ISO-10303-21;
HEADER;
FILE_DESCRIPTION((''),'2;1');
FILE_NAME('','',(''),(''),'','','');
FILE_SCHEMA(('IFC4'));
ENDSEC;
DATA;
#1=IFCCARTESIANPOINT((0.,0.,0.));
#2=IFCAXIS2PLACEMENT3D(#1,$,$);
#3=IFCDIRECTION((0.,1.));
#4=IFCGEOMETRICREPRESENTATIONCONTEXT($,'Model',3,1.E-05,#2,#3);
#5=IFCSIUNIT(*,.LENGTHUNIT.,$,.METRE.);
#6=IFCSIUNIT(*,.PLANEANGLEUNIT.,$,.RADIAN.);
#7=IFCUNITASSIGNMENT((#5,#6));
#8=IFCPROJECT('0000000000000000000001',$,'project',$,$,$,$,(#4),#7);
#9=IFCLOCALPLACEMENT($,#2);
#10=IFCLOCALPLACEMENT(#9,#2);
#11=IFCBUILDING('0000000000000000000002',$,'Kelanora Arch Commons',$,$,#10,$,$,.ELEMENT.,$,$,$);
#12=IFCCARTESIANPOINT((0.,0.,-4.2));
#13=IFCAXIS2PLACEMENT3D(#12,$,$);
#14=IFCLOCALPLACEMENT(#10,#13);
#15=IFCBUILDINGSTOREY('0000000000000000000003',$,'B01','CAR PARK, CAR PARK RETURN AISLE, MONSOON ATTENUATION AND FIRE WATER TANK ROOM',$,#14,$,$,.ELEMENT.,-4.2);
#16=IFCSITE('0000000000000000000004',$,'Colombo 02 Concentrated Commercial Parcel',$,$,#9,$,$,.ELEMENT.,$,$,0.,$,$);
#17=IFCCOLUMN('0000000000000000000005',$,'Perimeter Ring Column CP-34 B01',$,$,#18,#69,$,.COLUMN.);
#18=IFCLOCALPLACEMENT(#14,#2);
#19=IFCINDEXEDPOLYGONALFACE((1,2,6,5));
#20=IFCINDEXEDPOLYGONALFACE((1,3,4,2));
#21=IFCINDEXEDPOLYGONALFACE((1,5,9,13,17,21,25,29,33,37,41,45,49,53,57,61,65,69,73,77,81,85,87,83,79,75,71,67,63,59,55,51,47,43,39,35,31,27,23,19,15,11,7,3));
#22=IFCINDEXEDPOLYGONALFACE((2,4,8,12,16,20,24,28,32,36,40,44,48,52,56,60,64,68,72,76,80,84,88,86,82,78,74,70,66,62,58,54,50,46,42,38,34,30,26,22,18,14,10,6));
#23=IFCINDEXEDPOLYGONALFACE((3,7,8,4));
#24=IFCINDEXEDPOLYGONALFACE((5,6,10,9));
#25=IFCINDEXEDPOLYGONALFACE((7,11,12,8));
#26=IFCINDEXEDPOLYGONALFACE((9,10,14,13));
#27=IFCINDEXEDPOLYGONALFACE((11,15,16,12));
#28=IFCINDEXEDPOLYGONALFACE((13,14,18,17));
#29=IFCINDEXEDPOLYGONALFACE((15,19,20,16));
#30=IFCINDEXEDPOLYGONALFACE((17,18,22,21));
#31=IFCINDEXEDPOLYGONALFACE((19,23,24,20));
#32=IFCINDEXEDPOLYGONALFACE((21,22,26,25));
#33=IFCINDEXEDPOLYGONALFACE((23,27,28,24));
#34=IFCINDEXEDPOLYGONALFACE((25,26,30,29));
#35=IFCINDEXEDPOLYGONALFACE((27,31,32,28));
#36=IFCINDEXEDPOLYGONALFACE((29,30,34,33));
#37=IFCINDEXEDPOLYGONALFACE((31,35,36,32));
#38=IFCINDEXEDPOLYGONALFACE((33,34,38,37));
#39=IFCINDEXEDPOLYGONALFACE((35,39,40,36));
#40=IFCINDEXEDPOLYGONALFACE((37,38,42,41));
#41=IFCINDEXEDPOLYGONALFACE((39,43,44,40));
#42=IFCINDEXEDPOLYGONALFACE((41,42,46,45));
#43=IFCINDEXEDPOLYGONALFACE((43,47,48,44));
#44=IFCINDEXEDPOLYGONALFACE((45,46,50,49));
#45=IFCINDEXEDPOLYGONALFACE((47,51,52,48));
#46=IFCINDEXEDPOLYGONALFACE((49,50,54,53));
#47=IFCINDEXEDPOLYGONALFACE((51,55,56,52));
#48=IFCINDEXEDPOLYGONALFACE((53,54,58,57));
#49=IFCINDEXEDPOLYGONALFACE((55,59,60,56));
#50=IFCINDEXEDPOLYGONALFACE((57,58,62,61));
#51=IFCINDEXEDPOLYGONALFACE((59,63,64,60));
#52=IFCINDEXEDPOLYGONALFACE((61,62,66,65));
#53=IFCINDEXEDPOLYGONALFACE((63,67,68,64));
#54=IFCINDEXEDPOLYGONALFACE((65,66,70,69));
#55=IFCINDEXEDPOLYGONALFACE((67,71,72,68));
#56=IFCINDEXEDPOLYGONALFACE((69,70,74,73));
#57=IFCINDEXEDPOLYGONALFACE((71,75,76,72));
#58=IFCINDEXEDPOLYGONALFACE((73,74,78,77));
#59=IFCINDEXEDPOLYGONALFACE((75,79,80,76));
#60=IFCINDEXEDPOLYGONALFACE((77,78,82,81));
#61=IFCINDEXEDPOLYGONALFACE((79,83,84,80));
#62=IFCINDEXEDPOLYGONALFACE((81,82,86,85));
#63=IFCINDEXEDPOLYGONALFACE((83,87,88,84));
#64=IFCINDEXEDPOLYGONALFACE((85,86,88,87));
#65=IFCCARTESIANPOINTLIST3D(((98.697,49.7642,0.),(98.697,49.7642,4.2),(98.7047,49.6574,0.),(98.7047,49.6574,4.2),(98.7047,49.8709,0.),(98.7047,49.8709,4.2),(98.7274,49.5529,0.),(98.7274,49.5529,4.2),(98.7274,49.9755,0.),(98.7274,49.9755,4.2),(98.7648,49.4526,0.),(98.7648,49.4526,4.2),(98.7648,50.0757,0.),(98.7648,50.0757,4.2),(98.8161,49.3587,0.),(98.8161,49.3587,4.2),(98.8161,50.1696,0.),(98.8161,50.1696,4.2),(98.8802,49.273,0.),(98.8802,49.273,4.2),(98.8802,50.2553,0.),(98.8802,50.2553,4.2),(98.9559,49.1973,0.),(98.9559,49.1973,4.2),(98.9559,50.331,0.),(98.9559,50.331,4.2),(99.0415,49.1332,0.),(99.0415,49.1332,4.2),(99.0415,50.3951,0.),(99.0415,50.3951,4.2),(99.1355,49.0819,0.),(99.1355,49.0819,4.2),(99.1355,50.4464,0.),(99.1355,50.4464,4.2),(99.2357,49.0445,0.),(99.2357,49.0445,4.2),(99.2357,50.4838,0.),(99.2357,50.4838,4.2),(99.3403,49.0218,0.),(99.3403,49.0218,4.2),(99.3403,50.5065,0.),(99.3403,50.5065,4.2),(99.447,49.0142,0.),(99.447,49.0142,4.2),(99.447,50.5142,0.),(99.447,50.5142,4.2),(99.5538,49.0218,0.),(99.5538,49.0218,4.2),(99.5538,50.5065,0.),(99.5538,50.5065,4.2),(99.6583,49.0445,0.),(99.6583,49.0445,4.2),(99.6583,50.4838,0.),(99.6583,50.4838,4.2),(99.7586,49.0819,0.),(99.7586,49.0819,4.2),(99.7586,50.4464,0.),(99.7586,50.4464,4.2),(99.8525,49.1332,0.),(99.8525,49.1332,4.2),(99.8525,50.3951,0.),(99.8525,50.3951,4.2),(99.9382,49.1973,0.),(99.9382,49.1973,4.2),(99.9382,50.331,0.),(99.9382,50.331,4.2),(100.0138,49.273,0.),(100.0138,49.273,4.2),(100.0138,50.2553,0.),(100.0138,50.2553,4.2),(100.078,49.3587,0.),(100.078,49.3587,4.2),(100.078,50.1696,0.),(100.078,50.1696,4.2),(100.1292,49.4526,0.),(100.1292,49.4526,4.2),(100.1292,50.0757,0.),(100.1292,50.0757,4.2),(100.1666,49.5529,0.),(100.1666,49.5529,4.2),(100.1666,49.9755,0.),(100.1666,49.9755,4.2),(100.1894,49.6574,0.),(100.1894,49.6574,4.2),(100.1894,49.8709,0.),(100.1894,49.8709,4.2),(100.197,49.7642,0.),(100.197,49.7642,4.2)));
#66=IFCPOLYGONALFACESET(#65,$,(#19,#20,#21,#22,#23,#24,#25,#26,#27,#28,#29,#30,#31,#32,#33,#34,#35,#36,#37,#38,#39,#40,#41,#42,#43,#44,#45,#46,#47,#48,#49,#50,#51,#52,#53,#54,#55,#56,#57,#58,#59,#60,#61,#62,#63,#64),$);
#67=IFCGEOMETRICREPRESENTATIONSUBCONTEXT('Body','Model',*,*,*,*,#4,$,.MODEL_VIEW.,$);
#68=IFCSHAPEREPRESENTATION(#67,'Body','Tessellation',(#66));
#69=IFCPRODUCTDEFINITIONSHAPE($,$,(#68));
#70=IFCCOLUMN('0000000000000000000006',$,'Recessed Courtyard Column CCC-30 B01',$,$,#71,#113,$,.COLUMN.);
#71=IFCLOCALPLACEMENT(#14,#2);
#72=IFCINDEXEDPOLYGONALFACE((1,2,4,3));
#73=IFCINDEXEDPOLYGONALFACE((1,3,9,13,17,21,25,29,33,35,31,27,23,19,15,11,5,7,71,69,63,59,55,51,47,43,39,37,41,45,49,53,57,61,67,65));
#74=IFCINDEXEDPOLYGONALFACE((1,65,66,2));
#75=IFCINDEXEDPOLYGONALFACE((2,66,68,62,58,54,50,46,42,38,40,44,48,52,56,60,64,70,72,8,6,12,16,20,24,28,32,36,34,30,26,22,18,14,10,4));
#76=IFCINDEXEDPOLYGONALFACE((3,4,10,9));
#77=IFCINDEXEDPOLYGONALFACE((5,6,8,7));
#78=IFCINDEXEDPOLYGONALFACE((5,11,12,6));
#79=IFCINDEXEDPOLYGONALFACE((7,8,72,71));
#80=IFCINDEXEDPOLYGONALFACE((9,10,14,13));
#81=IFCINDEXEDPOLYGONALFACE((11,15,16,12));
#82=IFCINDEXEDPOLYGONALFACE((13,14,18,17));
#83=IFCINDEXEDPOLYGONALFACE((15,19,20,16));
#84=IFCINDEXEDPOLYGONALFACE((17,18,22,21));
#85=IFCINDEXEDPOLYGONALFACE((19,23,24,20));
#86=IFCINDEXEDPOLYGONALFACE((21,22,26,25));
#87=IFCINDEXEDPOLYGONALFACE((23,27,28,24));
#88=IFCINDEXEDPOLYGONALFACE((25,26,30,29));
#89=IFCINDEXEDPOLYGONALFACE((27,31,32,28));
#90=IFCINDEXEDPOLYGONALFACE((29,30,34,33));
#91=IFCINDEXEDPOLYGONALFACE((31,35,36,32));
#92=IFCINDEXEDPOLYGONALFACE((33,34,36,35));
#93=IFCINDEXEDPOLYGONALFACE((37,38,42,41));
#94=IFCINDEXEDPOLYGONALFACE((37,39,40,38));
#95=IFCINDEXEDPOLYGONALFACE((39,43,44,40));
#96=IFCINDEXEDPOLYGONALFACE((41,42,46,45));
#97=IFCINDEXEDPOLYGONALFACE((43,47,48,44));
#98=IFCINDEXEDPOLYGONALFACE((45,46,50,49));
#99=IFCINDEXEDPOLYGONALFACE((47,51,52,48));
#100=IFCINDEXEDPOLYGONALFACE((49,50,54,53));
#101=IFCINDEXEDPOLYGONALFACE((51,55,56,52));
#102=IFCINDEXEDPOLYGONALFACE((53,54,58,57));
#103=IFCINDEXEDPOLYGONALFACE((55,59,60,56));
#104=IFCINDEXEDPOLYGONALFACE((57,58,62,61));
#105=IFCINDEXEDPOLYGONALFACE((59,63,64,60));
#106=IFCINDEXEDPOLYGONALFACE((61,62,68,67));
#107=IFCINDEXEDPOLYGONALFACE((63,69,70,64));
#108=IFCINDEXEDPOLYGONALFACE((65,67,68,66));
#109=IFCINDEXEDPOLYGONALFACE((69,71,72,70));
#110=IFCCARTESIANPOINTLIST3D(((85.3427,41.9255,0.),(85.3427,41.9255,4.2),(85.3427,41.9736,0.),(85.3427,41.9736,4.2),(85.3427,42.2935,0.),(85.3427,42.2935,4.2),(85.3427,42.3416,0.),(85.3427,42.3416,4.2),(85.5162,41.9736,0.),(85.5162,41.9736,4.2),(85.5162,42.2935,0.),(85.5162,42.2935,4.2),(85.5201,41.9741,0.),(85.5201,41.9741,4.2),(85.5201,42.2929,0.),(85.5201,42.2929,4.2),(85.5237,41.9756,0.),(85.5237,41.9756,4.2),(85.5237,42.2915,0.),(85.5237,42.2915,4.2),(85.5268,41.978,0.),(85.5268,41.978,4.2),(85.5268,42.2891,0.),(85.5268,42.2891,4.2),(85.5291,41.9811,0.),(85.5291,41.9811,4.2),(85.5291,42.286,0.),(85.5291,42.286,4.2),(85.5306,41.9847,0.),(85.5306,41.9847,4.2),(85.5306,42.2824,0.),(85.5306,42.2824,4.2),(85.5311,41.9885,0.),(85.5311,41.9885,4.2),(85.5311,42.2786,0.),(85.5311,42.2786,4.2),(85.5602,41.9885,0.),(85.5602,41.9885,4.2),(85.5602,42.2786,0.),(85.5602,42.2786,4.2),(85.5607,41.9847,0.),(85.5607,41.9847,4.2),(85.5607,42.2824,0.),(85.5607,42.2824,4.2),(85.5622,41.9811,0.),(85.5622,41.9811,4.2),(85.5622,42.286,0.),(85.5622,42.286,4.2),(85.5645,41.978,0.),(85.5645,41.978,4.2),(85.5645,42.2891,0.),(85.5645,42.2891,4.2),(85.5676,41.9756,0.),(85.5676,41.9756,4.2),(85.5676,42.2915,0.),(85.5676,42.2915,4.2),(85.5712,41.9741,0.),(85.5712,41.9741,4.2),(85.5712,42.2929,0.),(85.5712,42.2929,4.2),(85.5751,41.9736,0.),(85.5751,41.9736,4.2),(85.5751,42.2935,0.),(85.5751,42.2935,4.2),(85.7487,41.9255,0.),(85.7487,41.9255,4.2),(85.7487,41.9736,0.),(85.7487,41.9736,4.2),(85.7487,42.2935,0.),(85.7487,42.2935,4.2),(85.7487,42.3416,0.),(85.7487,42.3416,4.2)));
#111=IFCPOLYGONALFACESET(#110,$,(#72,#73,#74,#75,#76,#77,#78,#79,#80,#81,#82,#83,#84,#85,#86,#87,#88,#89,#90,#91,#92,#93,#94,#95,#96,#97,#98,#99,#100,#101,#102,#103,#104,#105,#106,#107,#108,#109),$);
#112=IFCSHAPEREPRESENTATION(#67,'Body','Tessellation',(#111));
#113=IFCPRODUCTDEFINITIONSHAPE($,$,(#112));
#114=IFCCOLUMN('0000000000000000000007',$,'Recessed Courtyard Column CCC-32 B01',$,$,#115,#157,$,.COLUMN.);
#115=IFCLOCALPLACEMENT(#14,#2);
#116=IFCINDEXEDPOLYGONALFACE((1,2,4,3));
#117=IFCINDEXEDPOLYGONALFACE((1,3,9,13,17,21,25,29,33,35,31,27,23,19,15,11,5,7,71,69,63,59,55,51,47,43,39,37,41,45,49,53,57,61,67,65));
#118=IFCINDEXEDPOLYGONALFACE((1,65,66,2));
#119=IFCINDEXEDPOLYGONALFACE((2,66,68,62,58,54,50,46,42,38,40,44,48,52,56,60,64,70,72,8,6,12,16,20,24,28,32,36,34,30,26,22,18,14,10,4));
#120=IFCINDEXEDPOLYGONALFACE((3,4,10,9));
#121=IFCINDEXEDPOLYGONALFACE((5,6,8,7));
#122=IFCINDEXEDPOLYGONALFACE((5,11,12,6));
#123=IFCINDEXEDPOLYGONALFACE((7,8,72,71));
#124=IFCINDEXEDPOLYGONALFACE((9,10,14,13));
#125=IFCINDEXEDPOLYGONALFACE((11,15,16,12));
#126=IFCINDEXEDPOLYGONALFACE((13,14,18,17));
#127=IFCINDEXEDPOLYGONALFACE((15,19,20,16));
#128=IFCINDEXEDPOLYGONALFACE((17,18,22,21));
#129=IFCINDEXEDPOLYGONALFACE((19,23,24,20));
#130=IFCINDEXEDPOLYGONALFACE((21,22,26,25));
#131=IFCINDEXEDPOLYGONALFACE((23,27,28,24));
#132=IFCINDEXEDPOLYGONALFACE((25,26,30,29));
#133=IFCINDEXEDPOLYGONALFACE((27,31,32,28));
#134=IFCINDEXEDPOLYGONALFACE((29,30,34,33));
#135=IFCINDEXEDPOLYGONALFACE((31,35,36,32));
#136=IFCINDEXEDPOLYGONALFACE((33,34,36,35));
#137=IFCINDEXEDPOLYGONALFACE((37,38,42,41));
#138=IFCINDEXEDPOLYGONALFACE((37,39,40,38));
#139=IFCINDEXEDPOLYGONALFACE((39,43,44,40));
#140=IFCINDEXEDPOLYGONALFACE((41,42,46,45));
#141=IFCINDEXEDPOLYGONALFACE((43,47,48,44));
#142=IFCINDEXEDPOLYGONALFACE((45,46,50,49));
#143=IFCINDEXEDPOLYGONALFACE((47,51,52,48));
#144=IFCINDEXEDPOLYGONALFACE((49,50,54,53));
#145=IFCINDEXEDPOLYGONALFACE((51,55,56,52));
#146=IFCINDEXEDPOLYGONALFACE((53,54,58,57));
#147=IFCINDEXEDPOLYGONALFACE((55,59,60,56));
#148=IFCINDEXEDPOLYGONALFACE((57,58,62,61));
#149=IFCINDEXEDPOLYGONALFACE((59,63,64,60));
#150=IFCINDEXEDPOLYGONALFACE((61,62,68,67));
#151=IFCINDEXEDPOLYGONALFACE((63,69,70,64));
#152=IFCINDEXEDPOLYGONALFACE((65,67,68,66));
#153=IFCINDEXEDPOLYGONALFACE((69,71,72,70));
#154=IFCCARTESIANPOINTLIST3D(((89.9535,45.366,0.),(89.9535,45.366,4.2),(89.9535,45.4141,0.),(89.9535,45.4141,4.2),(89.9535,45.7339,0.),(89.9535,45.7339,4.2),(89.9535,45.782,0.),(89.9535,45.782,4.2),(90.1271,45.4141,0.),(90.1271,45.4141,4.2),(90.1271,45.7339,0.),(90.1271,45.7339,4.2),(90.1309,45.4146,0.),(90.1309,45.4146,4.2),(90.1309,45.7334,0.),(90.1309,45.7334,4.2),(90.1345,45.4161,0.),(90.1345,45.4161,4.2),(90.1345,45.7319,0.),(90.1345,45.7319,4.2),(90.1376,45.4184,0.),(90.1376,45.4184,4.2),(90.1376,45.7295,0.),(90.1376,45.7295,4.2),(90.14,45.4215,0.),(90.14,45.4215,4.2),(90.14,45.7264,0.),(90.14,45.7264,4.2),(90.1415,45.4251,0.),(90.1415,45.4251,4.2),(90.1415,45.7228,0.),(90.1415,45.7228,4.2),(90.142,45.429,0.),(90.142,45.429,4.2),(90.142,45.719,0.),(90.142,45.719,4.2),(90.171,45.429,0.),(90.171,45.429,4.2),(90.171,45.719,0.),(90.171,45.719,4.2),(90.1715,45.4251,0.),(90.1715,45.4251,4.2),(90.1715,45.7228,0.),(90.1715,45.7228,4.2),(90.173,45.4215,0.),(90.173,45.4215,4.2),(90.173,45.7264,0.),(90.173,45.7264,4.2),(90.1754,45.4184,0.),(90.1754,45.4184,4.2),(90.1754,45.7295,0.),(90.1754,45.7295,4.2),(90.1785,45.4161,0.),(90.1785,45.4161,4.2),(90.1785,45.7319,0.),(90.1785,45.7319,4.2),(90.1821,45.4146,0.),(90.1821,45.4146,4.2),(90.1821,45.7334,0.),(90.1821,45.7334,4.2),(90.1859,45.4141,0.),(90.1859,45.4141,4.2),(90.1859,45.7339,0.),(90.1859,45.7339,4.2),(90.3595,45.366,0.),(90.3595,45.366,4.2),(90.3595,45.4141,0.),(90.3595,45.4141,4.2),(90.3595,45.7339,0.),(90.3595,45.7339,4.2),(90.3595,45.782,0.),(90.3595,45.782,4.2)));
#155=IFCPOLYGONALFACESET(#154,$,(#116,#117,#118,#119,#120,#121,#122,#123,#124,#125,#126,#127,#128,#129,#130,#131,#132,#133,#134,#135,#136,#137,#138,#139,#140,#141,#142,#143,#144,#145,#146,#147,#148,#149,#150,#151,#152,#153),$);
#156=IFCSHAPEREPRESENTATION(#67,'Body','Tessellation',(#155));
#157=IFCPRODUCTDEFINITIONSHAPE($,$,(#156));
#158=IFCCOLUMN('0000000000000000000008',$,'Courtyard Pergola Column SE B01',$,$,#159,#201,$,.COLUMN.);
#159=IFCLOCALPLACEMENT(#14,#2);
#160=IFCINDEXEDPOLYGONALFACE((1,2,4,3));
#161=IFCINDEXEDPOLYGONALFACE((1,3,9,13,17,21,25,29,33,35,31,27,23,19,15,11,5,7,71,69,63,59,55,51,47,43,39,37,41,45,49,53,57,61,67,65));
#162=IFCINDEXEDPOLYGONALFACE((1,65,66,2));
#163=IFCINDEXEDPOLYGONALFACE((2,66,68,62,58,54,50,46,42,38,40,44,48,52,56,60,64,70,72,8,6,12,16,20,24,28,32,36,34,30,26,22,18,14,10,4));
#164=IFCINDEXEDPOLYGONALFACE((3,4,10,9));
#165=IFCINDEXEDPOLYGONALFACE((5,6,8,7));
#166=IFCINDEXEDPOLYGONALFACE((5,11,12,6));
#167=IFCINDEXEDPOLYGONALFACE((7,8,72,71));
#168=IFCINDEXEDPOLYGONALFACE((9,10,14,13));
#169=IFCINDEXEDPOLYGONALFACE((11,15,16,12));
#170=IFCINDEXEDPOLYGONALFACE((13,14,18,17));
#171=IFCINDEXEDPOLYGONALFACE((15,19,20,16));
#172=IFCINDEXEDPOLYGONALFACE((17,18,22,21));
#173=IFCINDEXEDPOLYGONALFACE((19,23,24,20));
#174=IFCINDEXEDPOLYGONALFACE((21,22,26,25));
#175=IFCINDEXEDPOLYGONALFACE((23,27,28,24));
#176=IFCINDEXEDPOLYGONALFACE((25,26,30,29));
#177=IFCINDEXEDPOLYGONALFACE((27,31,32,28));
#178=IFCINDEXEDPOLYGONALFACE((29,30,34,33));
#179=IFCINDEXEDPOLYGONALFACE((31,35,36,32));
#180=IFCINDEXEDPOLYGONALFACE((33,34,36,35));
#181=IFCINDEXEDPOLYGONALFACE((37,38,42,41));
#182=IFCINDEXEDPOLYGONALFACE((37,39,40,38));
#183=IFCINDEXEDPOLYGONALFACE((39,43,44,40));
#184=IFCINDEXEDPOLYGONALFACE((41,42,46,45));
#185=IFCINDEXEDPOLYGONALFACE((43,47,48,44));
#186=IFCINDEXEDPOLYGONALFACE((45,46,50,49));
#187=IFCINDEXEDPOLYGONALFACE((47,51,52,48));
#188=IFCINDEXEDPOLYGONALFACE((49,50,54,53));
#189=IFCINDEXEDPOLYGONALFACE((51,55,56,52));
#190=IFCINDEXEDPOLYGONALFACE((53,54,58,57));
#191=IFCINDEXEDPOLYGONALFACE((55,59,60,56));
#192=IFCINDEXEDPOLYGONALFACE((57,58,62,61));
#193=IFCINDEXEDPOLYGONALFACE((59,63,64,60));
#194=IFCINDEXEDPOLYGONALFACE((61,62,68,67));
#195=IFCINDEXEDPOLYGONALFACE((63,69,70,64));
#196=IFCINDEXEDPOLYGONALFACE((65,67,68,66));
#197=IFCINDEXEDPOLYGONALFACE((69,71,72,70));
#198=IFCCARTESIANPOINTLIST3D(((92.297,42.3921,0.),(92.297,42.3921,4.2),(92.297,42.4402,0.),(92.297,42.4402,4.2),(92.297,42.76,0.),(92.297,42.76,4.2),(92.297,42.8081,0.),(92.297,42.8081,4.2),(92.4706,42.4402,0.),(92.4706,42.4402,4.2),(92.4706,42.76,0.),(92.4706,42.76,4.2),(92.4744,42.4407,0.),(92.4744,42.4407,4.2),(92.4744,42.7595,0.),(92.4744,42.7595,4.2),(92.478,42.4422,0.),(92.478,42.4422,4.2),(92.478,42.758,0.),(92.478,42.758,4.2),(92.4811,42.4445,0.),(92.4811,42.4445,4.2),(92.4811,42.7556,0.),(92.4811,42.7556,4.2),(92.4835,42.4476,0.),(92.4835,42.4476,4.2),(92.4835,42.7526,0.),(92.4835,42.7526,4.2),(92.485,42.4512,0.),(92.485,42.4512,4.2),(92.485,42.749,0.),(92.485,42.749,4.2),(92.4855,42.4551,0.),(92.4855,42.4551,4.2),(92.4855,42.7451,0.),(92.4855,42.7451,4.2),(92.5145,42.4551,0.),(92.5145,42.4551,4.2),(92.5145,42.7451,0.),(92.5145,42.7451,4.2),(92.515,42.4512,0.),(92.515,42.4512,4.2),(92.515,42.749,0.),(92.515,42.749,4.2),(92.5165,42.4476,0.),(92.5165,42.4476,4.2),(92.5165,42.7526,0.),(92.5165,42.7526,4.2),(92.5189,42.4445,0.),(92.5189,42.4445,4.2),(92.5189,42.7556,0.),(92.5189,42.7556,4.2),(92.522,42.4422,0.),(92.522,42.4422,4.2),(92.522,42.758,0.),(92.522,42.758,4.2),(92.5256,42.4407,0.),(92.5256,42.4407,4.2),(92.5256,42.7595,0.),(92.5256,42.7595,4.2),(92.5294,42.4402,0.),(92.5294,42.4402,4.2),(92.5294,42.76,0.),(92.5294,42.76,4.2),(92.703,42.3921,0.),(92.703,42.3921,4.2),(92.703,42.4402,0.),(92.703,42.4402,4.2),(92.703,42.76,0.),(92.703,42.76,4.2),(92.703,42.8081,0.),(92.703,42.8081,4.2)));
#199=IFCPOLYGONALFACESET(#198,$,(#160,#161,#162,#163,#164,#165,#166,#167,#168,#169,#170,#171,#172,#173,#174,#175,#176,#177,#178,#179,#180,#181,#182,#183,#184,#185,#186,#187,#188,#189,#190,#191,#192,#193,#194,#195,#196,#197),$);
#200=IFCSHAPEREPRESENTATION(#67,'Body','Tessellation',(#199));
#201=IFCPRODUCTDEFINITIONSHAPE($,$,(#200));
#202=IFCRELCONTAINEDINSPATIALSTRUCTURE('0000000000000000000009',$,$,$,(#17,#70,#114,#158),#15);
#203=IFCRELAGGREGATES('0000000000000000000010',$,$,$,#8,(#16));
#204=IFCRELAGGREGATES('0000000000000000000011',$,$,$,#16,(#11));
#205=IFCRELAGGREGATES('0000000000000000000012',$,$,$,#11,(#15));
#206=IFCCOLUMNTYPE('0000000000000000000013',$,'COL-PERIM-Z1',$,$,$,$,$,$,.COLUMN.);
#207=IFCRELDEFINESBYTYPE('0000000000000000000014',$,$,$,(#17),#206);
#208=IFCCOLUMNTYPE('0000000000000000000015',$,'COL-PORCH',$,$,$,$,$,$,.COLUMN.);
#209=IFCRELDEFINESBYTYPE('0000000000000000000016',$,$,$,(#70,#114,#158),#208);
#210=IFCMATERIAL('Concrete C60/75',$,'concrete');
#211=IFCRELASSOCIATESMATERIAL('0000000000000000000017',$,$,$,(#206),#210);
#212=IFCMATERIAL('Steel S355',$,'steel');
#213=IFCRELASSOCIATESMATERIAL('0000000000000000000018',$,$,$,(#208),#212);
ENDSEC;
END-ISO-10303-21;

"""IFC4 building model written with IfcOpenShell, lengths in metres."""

from ifc_helpers import new_model, si_unit, direction, frame, origin, origin_2d, place, context, subcontext, project, spatial, circle, i_section, extrude, material, material_profile, profile_set, type_object, element, save


model = new_model("IFC4")

# Units and contexts
model_context = context("Model", 3, precision=1e-05, world=origin(), true_north=direction((0.0, 1.0)))
body_context = subcontext(model_context, "Body", "Model", "MODEL_VIEW")
ifc_project = project(units=[si_unit("LENGTHUNIT", "METRE"), si_unit("PLANEANGLEUNIT", "RADIAN")], contexts=[model_context])

# Site, building, storey
site_placement = place(None, origin())
site = spatial("IfcSite", under=ifc_project, at=site_placement, Name="Colombo 02 Concentrated Commercial Parcel", CompositionType="ELEMENT", RefElevation=0.0)
building_placement = place(site_placement, origin())
building = spatial("IfcBuilding", under=site, at=building_placement, Name="Kelanora Arch Commons", CompositionType="ELEMENT")
storey_placement = place(building_placement, frame((0.0, 0.0, -4.2)))
storey = spatial("IfcBuildingStorey", under=building, at=storey_placement, Name="B01", Description="CAR PARK, CAR PARK RETURN AISLE, MONSOON ATTENUATION AND FIRE WATER TANK ROOM", CompositionType="ELEMENT", Elevation=-4.2)

# Columns
ifc_material_1 = material(Name="Concrete C60/75", Category="concrete")
ifc_material_profile_1 = material_profile(ifc_material_1, circle(Radius=0.75, at=origin_2d()), Name="RCC1500")
ifc_profile_set_1 = profile_set([ifc_material_profile_1], Name="Concrete C60/75")
column_type_1 = type_object("IfcColumnType", Name="COL-PERIM-Z1", PredefinedType="COLUMN", material=ifc_profile_set_1)
for number, where, z_axis, x_axis, name in (
    (1, (99.447, 49.7642, 0.0), (0.0, 0.0, 1.0), (1.0, 0.0, 0.0), "Perimeter Ring Column CP-34 B01"),
):
    element("IfcColumn", number, at=place(storey_placement, frame(where, z_axis=z_axis, x_axis=x_axis)), inside=storey, type_object=column_type_1, Name=name, PredefinedType="COLUMN", context=body_context, shape_type="SweptSolid", body=[
        extrude(circle(Radius=0.75, at=origin_2d()), origin(), (0.0, 0.0, 1.0), 4.2),
    ])
ifc_material_2 = material(Name="Steel S355", Category="steel")
ifc_material_profile_2 = material_profile(ifc_material_2, i_section(OverallWidth=0.406, OverallDepth=0.416, WebThickness=0.0291, FlangeThickness=0.0481, FilletRadius=0.0149, at=origin_2d()), Name="HD400x382")
ifc_profile_set_2 = profile_set([ifc_material_profile_2], Name="Steel S355")
column_type_2 = type_object("IfcColumnType", Name="COL-PORCH", PredefinedType="COLUMN", material=ifc_profile_set_2)
for number, where, z_axis, x_axis, name in (
    (2, (85.5457, 42.1335, 0.0), (0.0, 0.0, 1.0), (1.0, 0.0, 0.0), "Recessed Courtyard Column CCC-30 B01"),
    (3, (90.1565, 45.574, 0.0), (0.0, 0.0, 1.0), (1.0, 0.0, 0.0), "Recessed Courtyard Column CCC-32 B01"),
    (4, (92.5, 42.6001, 0.0), (0.0, 0.0, 1.0), (1.0, 0.0, 0.0), "Courtyard Pergola Column SE B01"),
):
    element("IfcColumn", number, at=place(storey_placement, frame(where, z_axis=z_axis, x_axis=x_axis)), inside=storey, type_object=column_type_2, Name=name, PredefinedType="COLUMN", context=body_context, shape_type="SweptSolid", body=[
        extrude(i_section(OverallWidth=0.406, OverallDepth=0.416, WebThickness=0.0291, FlangeThickness=0.0481, FilletRadius=0.0149, at=origin_2d()), origin(), (0.0, 0.0, 1.0), 4.2),
    ])

save(model, "model.ifc")
